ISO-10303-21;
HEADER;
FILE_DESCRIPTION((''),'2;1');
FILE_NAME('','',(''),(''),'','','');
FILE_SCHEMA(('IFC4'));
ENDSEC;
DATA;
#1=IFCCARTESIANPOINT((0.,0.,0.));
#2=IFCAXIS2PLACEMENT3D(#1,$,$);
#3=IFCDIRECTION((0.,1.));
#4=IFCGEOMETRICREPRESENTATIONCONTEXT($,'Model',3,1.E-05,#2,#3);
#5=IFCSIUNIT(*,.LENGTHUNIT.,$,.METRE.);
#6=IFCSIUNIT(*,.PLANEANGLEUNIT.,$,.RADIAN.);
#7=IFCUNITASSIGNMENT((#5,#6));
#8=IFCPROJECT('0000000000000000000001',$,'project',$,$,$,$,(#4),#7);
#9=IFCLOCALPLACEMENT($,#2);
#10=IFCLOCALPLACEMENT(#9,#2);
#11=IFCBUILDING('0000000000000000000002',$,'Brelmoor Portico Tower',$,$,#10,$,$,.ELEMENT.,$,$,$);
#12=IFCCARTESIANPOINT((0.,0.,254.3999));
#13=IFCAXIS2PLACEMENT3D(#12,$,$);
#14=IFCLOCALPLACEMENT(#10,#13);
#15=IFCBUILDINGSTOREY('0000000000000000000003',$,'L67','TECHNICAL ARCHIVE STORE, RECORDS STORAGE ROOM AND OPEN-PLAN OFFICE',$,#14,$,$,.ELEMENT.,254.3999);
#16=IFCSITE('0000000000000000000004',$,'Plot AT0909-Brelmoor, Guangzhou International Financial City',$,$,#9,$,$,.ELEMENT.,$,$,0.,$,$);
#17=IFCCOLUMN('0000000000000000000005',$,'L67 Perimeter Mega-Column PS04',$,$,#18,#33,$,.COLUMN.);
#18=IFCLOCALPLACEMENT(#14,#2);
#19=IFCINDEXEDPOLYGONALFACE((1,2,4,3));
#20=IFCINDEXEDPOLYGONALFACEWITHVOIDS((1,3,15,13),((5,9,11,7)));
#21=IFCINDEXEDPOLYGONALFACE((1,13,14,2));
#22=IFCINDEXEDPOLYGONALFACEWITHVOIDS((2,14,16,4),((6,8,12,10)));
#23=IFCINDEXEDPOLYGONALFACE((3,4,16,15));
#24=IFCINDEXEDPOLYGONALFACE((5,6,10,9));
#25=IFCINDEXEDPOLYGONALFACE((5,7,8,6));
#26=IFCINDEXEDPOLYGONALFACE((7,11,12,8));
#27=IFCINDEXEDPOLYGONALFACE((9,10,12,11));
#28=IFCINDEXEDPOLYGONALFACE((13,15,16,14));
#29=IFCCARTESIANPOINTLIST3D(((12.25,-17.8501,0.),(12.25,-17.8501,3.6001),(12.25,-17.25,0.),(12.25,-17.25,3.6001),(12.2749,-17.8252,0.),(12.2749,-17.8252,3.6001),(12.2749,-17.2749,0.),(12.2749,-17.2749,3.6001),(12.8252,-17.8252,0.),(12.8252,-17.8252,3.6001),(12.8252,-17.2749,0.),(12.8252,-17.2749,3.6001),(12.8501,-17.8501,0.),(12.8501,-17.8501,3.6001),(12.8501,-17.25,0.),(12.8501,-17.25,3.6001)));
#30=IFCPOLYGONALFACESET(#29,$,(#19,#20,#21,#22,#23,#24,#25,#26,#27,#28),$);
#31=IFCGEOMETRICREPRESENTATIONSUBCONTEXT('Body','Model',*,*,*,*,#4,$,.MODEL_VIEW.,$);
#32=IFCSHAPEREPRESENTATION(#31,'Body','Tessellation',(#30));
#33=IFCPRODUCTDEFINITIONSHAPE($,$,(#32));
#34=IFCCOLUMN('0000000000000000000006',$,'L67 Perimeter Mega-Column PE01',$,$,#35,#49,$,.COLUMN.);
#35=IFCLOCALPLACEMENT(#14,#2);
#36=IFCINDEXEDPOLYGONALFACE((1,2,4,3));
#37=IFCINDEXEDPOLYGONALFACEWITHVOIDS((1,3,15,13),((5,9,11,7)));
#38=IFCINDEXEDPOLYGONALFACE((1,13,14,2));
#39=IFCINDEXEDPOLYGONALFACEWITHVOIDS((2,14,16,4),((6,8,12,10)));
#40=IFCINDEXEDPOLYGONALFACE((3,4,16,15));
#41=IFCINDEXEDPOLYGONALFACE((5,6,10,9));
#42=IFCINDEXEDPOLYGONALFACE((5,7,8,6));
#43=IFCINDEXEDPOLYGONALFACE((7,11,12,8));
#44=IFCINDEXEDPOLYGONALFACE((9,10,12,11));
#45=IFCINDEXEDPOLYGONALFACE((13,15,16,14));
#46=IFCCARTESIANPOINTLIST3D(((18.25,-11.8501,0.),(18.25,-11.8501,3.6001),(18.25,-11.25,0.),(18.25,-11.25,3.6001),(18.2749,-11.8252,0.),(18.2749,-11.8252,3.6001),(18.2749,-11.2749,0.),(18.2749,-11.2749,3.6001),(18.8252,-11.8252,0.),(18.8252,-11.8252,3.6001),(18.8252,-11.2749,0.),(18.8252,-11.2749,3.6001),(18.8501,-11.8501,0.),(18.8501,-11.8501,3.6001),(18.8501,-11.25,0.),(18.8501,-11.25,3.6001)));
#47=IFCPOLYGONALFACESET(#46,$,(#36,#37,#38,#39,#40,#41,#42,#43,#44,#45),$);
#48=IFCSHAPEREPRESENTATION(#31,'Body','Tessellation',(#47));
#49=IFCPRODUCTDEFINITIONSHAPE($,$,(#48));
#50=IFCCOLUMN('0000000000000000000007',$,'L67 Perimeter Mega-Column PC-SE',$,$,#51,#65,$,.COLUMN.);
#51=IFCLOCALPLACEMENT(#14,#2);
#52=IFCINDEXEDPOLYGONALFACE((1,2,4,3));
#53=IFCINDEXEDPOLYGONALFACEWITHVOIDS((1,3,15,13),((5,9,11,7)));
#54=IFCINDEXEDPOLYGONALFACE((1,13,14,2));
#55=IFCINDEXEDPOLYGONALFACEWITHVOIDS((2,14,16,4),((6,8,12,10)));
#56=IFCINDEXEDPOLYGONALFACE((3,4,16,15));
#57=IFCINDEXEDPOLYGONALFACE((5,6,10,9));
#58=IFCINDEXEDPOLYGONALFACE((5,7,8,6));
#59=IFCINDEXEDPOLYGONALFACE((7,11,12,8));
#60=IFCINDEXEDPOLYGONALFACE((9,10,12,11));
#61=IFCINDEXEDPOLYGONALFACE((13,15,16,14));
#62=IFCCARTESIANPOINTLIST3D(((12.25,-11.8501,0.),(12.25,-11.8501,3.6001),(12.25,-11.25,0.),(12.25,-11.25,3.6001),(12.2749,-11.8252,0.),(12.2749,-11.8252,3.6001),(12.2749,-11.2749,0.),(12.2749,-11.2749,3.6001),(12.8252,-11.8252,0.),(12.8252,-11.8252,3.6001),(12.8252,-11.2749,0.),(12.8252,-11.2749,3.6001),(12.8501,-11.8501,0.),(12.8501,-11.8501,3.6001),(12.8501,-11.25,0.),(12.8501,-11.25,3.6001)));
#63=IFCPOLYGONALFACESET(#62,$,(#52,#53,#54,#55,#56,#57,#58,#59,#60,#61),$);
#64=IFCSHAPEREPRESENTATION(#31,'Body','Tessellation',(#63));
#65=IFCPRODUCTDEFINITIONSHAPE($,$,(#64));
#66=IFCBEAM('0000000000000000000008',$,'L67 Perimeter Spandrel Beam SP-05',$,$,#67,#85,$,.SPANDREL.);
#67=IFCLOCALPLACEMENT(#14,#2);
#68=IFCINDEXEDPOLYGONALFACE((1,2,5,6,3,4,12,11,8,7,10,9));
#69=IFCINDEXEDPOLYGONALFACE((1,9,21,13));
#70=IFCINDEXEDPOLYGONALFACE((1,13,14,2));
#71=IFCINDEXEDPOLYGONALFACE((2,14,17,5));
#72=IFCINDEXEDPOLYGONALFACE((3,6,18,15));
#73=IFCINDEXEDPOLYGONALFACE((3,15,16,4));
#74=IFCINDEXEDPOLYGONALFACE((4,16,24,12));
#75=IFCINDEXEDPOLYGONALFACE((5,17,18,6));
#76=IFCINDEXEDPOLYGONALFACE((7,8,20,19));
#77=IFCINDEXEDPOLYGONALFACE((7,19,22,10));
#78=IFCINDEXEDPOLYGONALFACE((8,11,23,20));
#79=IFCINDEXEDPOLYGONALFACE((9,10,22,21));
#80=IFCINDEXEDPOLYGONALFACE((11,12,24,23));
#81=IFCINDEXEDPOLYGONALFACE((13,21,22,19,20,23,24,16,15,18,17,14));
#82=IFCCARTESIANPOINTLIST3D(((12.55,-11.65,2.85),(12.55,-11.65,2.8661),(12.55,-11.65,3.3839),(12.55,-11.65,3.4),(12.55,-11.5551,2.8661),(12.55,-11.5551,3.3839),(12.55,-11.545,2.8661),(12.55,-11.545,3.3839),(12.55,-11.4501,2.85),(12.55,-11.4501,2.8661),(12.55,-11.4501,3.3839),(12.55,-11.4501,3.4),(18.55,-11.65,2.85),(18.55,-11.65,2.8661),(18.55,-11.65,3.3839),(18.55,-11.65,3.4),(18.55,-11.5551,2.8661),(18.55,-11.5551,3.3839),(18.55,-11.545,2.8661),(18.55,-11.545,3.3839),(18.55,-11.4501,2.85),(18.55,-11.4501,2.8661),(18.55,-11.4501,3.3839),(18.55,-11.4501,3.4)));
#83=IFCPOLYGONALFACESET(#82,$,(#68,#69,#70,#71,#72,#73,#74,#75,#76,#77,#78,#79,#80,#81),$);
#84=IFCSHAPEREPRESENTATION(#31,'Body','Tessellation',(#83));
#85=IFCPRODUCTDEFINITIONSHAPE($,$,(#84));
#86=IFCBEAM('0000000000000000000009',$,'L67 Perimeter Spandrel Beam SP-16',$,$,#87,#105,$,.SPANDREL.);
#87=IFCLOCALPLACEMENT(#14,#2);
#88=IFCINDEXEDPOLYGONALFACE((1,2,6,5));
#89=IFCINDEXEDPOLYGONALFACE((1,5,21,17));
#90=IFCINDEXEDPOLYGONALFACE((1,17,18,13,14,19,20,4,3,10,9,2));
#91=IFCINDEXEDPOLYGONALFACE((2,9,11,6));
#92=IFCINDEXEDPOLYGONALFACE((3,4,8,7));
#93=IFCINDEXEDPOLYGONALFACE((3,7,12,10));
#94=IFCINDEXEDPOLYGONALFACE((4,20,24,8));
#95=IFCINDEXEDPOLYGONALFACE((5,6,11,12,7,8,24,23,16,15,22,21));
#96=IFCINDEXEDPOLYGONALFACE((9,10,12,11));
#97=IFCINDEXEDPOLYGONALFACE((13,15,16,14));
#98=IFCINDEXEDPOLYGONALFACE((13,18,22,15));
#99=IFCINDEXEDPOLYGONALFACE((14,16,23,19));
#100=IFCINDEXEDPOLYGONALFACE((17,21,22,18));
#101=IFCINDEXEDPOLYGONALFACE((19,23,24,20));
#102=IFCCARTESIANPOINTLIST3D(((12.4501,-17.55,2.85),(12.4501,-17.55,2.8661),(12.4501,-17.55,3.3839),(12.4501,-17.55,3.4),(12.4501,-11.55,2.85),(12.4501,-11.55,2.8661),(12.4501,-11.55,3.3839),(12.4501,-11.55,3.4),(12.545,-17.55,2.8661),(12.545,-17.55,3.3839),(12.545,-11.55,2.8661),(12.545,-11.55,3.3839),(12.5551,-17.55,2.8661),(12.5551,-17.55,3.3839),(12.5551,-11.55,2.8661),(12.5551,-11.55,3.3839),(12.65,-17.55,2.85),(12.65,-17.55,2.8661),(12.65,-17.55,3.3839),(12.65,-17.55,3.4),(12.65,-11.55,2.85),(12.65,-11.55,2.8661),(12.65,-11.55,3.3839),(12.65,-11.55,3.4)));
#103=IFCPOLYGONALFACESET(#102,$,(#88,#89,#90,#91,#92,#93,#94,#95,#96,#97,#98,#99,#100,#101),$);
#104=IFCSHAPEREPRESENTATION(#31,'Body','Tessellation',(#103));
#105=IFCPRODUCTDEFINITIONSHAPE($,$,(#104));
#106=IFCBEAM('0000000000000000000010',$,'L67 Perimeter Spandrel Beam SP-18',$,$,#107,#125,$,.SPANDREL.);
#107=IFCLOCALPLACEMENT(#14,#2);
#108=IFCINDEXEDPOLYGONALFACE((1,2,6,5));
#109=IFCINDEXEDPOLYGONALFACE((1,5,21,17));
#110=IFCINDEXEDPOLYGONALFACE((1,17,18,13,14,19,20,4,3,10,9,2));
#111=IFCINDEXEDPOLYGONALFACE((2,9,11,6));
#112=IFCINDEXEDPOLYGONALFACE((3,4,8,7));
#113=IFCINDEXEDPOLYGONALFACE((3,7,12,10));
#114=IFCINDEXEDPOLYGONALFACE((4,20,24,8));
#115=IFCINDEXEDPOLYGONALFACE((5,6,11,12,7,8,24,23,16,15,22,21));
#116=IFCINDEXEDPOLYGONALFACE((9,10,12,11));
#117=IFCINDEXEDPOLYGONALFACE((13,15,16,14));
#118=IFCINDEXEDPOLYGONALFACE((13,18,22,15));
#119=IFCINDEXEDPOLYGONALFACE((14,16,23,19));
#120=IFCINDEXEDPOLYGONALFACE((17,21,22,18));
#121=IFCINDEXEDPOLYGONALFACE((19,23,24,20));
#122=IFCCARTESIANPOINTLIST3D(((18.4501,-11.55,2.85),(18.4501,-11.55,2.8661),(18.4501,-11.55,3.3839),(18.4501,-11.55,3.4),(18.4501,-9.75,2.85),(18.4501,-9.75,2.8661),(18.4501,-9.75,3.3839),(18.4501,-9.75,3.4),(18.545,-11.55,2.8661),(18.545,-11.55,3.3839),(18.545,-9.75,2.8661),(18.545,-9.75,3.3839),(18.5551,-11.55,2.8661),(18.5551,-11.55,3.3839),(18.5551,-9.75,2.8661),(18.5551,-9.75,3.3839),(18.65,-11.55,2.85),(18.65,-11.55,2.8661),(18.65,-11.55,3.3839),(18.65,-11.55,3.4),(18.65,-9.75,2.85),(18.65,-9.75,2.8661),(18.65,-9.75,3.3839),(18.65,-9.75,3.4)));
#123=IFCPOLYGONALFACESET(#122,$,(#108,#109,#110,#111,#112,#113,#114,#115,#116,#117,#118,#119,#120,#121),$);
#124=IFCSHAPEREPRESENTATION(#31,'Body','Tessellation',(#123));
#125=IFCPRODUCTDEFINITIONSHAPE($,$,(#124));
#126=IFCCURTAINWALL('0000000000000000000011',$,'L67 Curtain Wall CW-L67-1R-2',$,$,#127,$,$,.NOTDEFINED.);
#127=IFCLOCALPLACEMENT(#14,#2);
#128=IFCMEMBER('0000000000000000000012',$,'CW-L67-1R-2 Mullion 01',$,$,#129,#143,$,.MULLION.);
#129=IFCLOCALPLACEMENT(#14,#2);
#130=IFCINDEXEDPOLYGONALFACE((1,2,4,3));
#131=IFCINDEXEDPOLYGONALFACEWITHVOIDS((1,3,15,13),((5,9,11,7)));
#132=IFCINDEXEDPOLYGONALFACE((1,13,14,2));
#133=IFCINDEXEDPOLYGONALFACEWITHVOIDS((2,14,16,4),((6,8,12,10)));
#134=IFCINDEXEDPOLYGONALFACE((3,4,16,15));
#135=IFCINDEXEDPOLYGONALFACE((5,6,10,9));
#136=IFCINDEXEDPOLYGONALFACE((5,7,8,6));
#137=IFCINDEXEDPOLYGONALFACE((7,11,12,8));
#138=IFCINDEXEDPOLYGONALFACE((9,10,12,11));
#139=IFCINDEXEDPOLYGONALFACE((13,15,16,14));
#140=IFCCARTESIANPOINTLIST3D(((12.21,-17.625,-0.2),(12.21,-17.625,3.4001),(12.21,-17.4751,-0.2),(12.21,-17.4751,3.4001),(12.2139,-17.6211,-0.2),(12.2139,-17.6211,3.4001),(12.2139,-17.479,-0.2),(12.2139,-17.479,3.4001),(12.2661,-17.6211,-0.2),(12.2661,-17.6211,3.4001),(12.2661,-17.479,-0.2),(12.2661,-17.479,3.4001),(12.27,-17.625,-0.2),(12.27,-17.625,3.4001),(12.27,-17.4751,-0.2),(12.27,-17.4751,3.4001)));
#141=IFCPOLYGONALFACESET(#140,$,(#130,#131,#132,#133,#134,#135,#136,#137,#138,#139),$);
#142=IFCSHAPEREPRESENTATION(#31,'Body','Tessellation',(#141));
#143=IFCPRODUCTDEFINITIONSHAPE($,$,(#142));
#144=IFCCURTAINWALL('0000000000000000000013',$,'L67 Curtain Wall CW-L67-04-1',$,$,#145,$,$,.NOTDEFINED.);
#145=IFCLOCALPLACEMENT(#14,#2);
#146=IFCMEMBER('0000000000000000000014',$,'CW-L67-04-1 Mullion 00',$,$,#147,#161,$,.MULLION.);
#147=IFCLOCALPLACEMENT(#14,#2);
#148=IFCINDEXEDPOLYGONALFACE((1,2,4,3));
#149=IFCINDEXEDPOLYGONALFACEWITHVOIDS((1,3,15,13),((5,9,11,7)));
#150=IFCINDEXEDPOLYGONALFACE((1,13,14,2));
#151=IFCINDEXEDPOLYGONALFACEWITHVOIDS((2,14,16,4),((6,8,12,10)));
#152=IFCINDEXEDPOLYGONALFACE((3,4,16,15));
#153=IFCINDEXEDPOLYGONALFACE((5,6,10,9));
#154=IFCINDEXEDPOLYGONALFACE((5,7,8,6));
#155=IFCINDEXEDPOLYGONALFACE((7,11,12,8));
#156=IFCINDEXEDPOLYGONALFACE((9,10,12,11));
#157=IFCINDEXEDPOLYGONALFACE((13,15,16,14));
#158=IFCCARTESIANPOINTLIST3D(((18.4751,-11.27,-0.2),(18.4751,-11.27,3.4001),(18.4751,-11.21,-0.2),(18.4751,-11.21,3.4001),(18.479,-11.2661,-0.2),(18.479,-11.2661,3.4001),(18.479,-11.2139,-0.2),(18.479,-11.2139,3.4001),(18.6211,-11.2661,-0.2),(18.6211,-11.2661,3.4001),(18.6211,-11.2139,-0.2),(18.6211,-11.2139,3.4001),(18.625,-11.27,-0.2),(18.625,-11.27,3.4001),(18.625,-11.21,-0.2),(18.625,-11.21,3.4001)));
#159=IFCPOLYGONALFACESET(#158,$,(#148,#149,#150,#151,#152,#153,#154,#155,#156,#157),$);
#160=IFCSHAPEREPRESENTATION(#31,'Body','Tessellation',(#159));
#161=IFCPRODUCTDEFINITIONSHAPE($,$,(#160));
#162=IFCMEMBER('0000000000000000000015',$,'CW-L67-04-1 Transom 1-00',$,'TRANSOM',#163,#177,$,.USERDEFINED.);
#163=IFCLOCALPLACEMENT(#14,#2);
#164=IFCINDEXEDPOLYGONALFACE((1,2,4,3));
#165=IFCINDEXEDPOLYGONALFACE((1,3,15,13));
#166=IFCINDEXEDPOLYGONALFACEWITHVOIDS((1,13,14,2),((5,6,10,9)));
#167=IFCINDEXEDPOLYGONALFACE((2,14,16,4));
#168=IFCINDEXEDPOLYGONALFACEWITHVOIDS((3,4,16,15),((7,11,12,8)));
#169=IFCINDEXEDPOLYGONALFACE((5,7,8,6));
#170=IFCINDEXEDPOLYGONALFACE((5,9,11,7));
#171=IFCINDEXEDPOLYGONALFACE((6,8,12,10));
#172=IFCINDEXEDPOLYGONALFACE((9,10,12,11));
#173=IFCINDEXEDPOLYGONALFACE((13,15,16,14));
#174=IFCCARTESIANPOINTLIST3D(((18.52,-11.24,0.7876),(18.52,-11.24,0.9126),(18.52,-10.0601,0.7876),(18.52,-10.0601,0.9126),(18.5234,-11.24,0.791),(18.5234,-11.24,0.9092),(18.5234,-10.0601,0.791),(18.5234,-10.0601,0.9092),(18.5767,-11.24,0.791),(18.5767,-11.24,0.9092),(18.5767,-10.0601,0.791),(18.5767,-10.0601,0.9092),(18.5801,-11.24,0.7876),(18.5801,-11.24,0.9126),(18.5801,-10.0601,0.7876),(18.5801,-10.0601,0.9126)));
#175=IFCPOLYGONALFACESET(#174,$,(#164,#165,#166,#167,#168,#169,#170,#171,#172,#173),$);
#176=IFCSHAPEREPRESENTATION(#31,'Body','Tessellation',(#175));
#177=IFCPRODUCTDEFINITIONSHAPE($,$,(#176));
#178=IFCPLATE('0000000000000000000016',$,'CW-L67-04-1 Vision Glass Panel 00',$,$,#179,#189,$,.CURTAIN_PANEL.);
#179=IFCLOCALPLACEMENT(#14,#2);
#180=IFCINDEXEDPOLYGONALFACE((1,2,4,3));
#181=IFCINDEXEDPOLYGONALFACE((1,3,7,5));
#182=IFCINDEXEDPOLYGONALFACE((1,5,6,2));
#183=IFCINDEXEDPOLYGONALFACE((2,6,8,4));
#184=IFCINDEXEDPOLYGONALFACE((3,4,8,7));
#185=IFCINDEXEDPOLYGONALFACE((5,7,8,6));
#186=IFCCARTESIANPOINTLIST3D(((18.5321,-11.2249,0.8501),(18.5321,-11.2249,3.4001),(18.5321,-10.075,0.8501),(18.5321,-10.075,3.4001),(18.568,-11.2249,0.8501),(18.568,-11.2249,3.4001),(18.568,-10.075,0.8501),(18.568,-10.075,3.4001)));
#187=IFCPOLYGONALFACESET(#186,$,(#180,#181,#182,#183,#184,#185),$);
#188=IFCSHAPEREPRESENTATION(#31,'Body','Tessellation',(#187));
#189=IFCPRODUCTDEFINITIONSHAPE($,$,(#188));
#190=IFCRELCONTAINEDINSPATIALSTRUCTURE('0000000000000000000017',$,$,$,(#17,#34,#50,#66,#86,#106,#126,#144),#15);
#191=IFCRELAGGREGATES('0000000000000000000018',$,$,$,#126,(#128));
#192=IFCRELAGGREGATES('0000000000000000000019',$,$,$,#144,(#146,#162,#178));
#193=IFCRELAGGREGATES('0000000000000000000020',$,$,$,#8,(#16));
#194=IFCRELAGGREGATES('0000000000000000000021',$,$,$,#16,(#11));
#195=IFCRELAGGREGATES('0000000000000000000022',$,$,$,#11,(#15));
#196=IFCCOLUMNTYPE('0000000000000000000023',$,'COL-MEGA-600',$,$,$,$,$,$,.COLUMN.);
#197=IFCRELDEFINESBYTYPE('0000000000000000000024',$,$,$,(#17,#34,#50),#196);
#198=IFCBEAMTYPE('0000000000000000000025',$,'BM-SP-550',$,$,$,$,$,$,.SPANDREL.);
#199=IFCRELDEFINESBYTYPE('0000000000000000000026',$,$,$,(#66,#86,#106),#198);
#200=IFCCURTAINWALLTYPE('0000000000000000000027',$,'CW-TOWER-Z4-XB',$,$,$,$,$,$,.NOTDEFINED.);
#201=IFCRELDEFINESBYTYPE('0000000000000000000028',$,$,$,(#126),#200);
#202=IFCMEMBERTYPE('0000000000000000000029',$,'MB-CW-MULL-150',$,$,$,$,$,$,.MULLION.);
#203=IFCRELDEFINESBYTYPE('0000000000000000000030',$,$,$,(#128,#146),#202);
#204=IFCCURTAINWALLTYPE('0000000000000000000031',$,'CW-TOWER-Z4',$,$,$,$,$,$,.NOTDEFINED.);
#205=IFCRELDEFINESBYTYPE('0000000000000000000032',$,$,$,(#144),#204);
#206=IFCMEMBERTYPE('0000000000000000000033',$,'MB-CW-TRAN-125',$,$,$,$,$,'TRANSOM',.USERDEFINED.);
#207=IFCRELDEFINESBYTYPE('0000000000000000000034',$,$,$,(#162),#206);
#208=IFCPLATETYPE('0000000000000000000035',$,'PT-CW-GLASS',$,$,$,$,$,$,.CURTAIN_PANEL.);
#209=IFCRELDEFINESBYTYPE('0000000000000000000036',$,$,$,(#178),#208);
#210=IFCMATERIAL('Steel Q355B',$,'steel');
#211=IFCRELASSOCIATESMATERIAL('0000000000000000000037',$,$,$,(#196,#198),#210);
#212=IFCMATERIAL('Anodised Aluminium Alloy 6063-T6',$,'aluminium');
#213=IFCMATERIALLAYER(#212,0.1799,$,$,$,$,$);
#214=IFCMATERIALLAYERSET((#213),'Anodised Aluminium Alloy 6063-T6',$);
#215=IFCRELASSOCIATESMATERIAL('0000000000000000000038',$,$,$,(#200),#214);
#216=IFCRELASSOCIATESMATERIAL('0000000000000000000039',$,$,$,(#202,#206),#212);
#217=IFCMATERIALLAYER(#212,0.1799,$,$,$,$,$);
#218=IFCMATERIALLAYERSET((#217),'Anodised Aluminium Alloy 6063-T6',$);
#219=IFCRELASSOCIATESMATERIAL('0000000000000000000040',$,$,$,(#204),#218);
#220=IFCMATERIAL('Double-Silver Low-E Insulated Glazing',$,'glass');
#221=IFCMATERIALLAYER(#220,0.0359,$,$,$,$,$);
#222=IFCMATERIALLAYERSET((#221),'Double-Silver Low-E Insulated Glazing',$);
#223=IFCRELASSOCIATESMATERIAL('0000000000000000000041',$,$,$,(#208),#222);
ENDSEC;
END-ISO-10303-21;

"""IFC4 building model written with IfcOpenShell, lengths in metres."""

from ifc_helpers import new_model, si_unit, direction, frame, origin, origin_2d, place, context, subcontext, project, spatial, rectangle, hollow_rectangle, i_section, extrude, material, layer, layer_set, material_profile, profile_set, type_object, element, aggregate, save


model = new_model("IFC4")

# Units and contexts
model_context = context("Model", 3, precision=1e-05, world=origin(), true_north=direction((0.0, 1.0)))
body_context = subcontext(model_context, "Body", "Model", "MODEL_VIEW")
ifc_project = project(units=[si_unit("LENGTHUNIT", "METRE"), si_unit("PLANEANGLEUNIT", "RADIAN")], contexts=[model_context])

# Site, building, storey
site_placement = place(None, origin())
site = spatial("IfcSite", under=ifc_project, at=site_placement, Name="Plot AT0909-Brelmoor, Guangzhou International Financial City", CompositionType="ELEMENT", RefElevation=0.0)
building_placement = place(site_placement, origin())
building = spatial("IfcBuilding", under=site, at=building_placement, Name="Brelmoor Portico Tower", CompositionType="ELEMENT")
storey_placement = place(building_placement, frame((0.0, 0.0, 254.3999)))
storey = spatial("IfcBuildingStorey", under=building, at=storey_placement, Name="L67", Description="TECHNICAL ARCHIVE STORE, RECORDS STORAGE ROOM AND OPEN-PLAN OFFICE", CompositionType="ELEMENT", Elevation=254.3999)

# Columns
ifc_material_1 = material(Name="Steel Q355B", Category="steel")
ifc_material_profile_1 = material_profile(ifc_material_1, hollow_rectangle(XDim=0.6001, YDim=0.6001, WallThickness=0.0249, at=origin_2d()), Name="BOX 600x600x25")
ifc_profile_set_1 = profile_set([ifc_material_profile_1], Name="Steel Q355B")
column_type = type_object("IfcColumnType", Name="COL-MEGA-600", PredefinedType="COLUMN", material=ifc_profile_set_1)
for number, where, z_axis, x_axis, name in (
    (1, (12.55, -17.55, 0.0), (0.0, 0.0, 1.0), (1.0, 0.0, 0.0), "L67 Perimeter Mega-Column PS04"),
    (2, (18.55, -11.55, 0.0), (0.0, 0.0, 1.0), (0.0, 1.0, 0.0), "L67 Perimeter Mega-Column PE01"),
    (3, (12.55, -11.55, 0.0), (0.0, 0.0, 1.0), (1.0, 0.0, 0.0), "L67 Perimeter Mega-Column PC-SE"),
):
    element("IfcColumn", number, at=place(storey_placement, frame(where, z_axis=z_axis, x_axis=x_axis)), inside=storey, type_object=column_type, Name=name, PredefinedType="COLUMN", context=body_context, shape_type="SweptSolid", body=[
        extrude(hollow_rectangle(XDim=0.6001, YDim=0.6001, WallThickness=0.0249, at=origin_2d()), origin(), (0.0, 0.0, 1.0), 3.6001),
    ])

# Beams
ifc_material_profile_2 = material_profile(ifc_material_1, i_section(OverallWidth=0.2, OverallDepth=0.55, WebThickness=0.01, FlangeThickness=0.0161, at=origin_2d()), Name="HN 550x200x10x16")
ifc_profile_set_2 = profile_set([ifc_material_profile_2], Name="Steel Q355B")
beam_type = type_object("IfcBeamType", Name="BM-SP-550", PredefinedType="SPANDREL", material=ifc_profile_set_2)
for number, where, z_axis, x_axis, name in (
    (4, (12.55, -11.55, 3.125), (1.0, 0.0, 0.0), (0.0, 1.0, 0.0), "L67 Perimeter Spandrel Beam SP-05"),
    (5, (12.55, -17.55, 3.125), (0.0, 1.0, 0.0), (-1.0, 0.0, 0.0), "L67 Perimeter Spandrel Beam SP-16"),
):
    element("IfcBeam", number, at=place(storey_placement, frame(where, z_axis=z_axis, x_axis=x_axis)), inside=storey, type_object=beam_type, Name=name, PredefinedType="SPANDREL", context=body_context, shape_type="SweptSolid", body=[
        extrude(i_section(OverallWidth=0.2, OverallDepth=0.55, WebThickness=0.01, FlangeThickness=0.0161, at=origin_2d()), origin(), (0.0, 0.0, 1.0), 6.0),
    ])
beam_placement = place(storey_placement, frame((18.55, -11.55, 3.125), z_axis=(0.0, 1.0, 0.0), x_axis=(-1.0, 0.0, 0.0)))
element("IfcBeam", 6, at=beam_placement, inside=storey, type_object=beam_type, Name="L67 Perimeter Spandrel Beam SP-18", PredefinedType="SPANDREL", context=body_context, shape_type="SweptSolid", body=[
    extrude(i_section(OverallWidth=0.2, OverallDepth=0.55, WebThickness=0.01, FlangeThickness=0.0161, at=origin_2d()), origin(), (0.0, 0.0, 1.0), 1.8),
])

# Curtain wall, member
ifc_material_2 = material(Name="Anodised Aluminium Alloy 6063-T6", Category="aluminium")
ifc_layer_1 = layer(ifc_material_2, 0.1799)
ifc_layer_set_1 = layer_set([ifc_layer_1], Name="Anodised Aluminium Alloy 6063-T6")
curtain_wall_type_1 = type_object("IfcCurtainWallType", Name="CW-TOWER-Z4-XB", PredefinedType="NOTDEFINED", material=ifc_layer_set_1)
curtain_wall_1_placement = place(storey_placement, origin())
curtain_wall_1 = element("IfcCurtainWall", 7, at=curtain_wall_1_placement, inside=storey, type_object=curtain_wall_type_1, Name="L67 Curtain Wall CW-L67-1R-2", PredefinedType="NOTDEFINED")
ifc_material_profile_3 = material_profile(ifc_material_2, hollow_rectangle(XDim=0.0601, YDim=0.1499, WallThickness=0.0039, at=origin_2d()), Name="ALU MULLION 60x150")
ifc_profile_set_3 = profile_set([ifc_material_profile_3], Name="Anodised Aluminium Alloy 6063-T6")
member_type_1 = type_object("IfcMemberType", Name="MB-CW-MULL-150", PredefinedType="MULLION", material=ifc_profile_set_3)
member_1_placement = place(storey_placement, frame((12.24, -17.55, -0.2), z_axis=(0.0, 0.0, 1.0), x_axis=(1.0, 0.0, 0.0)))
member_1 = element("IfcMember", 8, at=member_1_placement, type_object=member_type_1, Name="CW-L67-1R-2 Mullion 01", PredefinedType="MULLION", context=body_context, shape_type="SweptSolid", body=[
    extrude(hollow_rectangle(XDim=0.0601, YDim=0.1499, WallThickness=0.0039, at=origin_2d()), origin(), (0.0, 0.0, 1.0), 3.6001),
])

# Curtain wall, members, plate
ifc_layer_2 = layer(ifc_material_2, 0.1799)
ifc_layer_set_2 = layer_set([ifc_layer_2], Name="Anodised Aluminium Alloy 6063-T6")
curtain_wall_type_2 = type_object("IfcCurtainWallType", Name="CW-TOWER-Z4", PredefinedType="NOTDEFINED", material=ifc_layer_set_2)
curtain_wall_2_placement = place(storey_placement, origin())
curtain_wall_2 = element("IfcCurtainWall", 9, at=curtain_wall_2_placement, inside=storey, type_object=curtain_wall_type_2, Name="L67 Curtain Wall CW-L67-04-1", PredefinedType="NOTDEFINED")
member_2_placement = place(storey_placement, frame((18.55, -11.24, -0.2), z_axis=(0.0, 0.0, 1.0), x_axis=(0.0, 1.0, 0.0)))
member_2 = element("IfcMember", 10, at=member_2_placement, type_object=member_type_1, Name="CW-L67-04-1 Mullion 00", PredefinedType="MULLION", context=body_context, shape_type="SweptSolid", body=[
    extrude(hollow_rectangle(XDim=0.0601, YDim=0.1499, WallThickness=0.0039, at=origin_2d()), origin(), (0.0, 0.0, 1.0), 3.6001),
])
ifc_material_profile_4 = material_profile(ifc_material_2, hollow_rectangle(XDim=0.0601, YDim=0.125, WallThickness=0.0034, at=origin_2d()), Name="ALU TRANSOM 60x125")
ifc_profile_set_4 = profile_set([ifc_material_profile_4], Name="Anodised Aluminium Alloy 6063-T6")
member_type_2 = type_object("IfcMemberType", Name="MB-CW-TRAN-125", ElementType="TRANSOM", PredefinedType="USERDEFINED", material=ifc_profile_set_4)
member_3_placement = place(storey_placement, frame((18.55, -11.24, 0.8501), z_axis=(0.0, 1.0, 0.0), x_axis=(-1.0, 0.0, 0.0)))
member_3 = element("IfcMember", 11, at=member_3_placement, type_object=member_type_2, Name="CW-L67-04-1 Transom 1-00", ObjectType="TRANSOM", PredefinedType="USERDEFINED", context=body_context, shape_type="SweptSolid", body=[
    extrude(hollow_rectangle(XDim=0.0601, YDim=0.125, WallThickness=0.0034, at=origin_2d()), origin(), (0.0, 0.0, 1.0), 1.1799),
])
ifc_material_3 = material(Name="Double-Silver Low-E Insulated Glazing", Category="glass")
ifc_layer_3 = layer(ifc_material_3, 0.0359)
ifc_layer_set_3 = layer_set([ifc_layer_3], Name="Double-Silver Low-E Insulated Glazing")
plate_type_1 = type_object("IfcPlateType", Name="PT-CW-GLASS", PredefinedType="CURTAIN_PANEL", material=ifc_layer_set_3)
plate_1_placement = place(storey_placement, frame((18.55, -10.6499, 0.8501), z_axis=(0.0, 0.0, 1.0), x_axis=(0.0, 1.0, 0.0)))
plate_1 = element("IfcPlate", 12, at=plate_1_placement, type_object=plate_type_1, Name="CW-L67-04-1 Vision Glass Panel 00", PredefinedType="CURTAIN_PANEL", context=body_context, shape_type="SweptSolid", body=[
    extrude(rectangle(XDim=1.1499, YDim=0.0359, at=origin_2d()), origin(), (0.0, 0.0, 1.0), 2.55),
])

aggregate(curtain_wall_1, [member_1])
aggregate(curtain_wall_2, [member_2, member_3, plate_1])

save(model, "model.ifc")
